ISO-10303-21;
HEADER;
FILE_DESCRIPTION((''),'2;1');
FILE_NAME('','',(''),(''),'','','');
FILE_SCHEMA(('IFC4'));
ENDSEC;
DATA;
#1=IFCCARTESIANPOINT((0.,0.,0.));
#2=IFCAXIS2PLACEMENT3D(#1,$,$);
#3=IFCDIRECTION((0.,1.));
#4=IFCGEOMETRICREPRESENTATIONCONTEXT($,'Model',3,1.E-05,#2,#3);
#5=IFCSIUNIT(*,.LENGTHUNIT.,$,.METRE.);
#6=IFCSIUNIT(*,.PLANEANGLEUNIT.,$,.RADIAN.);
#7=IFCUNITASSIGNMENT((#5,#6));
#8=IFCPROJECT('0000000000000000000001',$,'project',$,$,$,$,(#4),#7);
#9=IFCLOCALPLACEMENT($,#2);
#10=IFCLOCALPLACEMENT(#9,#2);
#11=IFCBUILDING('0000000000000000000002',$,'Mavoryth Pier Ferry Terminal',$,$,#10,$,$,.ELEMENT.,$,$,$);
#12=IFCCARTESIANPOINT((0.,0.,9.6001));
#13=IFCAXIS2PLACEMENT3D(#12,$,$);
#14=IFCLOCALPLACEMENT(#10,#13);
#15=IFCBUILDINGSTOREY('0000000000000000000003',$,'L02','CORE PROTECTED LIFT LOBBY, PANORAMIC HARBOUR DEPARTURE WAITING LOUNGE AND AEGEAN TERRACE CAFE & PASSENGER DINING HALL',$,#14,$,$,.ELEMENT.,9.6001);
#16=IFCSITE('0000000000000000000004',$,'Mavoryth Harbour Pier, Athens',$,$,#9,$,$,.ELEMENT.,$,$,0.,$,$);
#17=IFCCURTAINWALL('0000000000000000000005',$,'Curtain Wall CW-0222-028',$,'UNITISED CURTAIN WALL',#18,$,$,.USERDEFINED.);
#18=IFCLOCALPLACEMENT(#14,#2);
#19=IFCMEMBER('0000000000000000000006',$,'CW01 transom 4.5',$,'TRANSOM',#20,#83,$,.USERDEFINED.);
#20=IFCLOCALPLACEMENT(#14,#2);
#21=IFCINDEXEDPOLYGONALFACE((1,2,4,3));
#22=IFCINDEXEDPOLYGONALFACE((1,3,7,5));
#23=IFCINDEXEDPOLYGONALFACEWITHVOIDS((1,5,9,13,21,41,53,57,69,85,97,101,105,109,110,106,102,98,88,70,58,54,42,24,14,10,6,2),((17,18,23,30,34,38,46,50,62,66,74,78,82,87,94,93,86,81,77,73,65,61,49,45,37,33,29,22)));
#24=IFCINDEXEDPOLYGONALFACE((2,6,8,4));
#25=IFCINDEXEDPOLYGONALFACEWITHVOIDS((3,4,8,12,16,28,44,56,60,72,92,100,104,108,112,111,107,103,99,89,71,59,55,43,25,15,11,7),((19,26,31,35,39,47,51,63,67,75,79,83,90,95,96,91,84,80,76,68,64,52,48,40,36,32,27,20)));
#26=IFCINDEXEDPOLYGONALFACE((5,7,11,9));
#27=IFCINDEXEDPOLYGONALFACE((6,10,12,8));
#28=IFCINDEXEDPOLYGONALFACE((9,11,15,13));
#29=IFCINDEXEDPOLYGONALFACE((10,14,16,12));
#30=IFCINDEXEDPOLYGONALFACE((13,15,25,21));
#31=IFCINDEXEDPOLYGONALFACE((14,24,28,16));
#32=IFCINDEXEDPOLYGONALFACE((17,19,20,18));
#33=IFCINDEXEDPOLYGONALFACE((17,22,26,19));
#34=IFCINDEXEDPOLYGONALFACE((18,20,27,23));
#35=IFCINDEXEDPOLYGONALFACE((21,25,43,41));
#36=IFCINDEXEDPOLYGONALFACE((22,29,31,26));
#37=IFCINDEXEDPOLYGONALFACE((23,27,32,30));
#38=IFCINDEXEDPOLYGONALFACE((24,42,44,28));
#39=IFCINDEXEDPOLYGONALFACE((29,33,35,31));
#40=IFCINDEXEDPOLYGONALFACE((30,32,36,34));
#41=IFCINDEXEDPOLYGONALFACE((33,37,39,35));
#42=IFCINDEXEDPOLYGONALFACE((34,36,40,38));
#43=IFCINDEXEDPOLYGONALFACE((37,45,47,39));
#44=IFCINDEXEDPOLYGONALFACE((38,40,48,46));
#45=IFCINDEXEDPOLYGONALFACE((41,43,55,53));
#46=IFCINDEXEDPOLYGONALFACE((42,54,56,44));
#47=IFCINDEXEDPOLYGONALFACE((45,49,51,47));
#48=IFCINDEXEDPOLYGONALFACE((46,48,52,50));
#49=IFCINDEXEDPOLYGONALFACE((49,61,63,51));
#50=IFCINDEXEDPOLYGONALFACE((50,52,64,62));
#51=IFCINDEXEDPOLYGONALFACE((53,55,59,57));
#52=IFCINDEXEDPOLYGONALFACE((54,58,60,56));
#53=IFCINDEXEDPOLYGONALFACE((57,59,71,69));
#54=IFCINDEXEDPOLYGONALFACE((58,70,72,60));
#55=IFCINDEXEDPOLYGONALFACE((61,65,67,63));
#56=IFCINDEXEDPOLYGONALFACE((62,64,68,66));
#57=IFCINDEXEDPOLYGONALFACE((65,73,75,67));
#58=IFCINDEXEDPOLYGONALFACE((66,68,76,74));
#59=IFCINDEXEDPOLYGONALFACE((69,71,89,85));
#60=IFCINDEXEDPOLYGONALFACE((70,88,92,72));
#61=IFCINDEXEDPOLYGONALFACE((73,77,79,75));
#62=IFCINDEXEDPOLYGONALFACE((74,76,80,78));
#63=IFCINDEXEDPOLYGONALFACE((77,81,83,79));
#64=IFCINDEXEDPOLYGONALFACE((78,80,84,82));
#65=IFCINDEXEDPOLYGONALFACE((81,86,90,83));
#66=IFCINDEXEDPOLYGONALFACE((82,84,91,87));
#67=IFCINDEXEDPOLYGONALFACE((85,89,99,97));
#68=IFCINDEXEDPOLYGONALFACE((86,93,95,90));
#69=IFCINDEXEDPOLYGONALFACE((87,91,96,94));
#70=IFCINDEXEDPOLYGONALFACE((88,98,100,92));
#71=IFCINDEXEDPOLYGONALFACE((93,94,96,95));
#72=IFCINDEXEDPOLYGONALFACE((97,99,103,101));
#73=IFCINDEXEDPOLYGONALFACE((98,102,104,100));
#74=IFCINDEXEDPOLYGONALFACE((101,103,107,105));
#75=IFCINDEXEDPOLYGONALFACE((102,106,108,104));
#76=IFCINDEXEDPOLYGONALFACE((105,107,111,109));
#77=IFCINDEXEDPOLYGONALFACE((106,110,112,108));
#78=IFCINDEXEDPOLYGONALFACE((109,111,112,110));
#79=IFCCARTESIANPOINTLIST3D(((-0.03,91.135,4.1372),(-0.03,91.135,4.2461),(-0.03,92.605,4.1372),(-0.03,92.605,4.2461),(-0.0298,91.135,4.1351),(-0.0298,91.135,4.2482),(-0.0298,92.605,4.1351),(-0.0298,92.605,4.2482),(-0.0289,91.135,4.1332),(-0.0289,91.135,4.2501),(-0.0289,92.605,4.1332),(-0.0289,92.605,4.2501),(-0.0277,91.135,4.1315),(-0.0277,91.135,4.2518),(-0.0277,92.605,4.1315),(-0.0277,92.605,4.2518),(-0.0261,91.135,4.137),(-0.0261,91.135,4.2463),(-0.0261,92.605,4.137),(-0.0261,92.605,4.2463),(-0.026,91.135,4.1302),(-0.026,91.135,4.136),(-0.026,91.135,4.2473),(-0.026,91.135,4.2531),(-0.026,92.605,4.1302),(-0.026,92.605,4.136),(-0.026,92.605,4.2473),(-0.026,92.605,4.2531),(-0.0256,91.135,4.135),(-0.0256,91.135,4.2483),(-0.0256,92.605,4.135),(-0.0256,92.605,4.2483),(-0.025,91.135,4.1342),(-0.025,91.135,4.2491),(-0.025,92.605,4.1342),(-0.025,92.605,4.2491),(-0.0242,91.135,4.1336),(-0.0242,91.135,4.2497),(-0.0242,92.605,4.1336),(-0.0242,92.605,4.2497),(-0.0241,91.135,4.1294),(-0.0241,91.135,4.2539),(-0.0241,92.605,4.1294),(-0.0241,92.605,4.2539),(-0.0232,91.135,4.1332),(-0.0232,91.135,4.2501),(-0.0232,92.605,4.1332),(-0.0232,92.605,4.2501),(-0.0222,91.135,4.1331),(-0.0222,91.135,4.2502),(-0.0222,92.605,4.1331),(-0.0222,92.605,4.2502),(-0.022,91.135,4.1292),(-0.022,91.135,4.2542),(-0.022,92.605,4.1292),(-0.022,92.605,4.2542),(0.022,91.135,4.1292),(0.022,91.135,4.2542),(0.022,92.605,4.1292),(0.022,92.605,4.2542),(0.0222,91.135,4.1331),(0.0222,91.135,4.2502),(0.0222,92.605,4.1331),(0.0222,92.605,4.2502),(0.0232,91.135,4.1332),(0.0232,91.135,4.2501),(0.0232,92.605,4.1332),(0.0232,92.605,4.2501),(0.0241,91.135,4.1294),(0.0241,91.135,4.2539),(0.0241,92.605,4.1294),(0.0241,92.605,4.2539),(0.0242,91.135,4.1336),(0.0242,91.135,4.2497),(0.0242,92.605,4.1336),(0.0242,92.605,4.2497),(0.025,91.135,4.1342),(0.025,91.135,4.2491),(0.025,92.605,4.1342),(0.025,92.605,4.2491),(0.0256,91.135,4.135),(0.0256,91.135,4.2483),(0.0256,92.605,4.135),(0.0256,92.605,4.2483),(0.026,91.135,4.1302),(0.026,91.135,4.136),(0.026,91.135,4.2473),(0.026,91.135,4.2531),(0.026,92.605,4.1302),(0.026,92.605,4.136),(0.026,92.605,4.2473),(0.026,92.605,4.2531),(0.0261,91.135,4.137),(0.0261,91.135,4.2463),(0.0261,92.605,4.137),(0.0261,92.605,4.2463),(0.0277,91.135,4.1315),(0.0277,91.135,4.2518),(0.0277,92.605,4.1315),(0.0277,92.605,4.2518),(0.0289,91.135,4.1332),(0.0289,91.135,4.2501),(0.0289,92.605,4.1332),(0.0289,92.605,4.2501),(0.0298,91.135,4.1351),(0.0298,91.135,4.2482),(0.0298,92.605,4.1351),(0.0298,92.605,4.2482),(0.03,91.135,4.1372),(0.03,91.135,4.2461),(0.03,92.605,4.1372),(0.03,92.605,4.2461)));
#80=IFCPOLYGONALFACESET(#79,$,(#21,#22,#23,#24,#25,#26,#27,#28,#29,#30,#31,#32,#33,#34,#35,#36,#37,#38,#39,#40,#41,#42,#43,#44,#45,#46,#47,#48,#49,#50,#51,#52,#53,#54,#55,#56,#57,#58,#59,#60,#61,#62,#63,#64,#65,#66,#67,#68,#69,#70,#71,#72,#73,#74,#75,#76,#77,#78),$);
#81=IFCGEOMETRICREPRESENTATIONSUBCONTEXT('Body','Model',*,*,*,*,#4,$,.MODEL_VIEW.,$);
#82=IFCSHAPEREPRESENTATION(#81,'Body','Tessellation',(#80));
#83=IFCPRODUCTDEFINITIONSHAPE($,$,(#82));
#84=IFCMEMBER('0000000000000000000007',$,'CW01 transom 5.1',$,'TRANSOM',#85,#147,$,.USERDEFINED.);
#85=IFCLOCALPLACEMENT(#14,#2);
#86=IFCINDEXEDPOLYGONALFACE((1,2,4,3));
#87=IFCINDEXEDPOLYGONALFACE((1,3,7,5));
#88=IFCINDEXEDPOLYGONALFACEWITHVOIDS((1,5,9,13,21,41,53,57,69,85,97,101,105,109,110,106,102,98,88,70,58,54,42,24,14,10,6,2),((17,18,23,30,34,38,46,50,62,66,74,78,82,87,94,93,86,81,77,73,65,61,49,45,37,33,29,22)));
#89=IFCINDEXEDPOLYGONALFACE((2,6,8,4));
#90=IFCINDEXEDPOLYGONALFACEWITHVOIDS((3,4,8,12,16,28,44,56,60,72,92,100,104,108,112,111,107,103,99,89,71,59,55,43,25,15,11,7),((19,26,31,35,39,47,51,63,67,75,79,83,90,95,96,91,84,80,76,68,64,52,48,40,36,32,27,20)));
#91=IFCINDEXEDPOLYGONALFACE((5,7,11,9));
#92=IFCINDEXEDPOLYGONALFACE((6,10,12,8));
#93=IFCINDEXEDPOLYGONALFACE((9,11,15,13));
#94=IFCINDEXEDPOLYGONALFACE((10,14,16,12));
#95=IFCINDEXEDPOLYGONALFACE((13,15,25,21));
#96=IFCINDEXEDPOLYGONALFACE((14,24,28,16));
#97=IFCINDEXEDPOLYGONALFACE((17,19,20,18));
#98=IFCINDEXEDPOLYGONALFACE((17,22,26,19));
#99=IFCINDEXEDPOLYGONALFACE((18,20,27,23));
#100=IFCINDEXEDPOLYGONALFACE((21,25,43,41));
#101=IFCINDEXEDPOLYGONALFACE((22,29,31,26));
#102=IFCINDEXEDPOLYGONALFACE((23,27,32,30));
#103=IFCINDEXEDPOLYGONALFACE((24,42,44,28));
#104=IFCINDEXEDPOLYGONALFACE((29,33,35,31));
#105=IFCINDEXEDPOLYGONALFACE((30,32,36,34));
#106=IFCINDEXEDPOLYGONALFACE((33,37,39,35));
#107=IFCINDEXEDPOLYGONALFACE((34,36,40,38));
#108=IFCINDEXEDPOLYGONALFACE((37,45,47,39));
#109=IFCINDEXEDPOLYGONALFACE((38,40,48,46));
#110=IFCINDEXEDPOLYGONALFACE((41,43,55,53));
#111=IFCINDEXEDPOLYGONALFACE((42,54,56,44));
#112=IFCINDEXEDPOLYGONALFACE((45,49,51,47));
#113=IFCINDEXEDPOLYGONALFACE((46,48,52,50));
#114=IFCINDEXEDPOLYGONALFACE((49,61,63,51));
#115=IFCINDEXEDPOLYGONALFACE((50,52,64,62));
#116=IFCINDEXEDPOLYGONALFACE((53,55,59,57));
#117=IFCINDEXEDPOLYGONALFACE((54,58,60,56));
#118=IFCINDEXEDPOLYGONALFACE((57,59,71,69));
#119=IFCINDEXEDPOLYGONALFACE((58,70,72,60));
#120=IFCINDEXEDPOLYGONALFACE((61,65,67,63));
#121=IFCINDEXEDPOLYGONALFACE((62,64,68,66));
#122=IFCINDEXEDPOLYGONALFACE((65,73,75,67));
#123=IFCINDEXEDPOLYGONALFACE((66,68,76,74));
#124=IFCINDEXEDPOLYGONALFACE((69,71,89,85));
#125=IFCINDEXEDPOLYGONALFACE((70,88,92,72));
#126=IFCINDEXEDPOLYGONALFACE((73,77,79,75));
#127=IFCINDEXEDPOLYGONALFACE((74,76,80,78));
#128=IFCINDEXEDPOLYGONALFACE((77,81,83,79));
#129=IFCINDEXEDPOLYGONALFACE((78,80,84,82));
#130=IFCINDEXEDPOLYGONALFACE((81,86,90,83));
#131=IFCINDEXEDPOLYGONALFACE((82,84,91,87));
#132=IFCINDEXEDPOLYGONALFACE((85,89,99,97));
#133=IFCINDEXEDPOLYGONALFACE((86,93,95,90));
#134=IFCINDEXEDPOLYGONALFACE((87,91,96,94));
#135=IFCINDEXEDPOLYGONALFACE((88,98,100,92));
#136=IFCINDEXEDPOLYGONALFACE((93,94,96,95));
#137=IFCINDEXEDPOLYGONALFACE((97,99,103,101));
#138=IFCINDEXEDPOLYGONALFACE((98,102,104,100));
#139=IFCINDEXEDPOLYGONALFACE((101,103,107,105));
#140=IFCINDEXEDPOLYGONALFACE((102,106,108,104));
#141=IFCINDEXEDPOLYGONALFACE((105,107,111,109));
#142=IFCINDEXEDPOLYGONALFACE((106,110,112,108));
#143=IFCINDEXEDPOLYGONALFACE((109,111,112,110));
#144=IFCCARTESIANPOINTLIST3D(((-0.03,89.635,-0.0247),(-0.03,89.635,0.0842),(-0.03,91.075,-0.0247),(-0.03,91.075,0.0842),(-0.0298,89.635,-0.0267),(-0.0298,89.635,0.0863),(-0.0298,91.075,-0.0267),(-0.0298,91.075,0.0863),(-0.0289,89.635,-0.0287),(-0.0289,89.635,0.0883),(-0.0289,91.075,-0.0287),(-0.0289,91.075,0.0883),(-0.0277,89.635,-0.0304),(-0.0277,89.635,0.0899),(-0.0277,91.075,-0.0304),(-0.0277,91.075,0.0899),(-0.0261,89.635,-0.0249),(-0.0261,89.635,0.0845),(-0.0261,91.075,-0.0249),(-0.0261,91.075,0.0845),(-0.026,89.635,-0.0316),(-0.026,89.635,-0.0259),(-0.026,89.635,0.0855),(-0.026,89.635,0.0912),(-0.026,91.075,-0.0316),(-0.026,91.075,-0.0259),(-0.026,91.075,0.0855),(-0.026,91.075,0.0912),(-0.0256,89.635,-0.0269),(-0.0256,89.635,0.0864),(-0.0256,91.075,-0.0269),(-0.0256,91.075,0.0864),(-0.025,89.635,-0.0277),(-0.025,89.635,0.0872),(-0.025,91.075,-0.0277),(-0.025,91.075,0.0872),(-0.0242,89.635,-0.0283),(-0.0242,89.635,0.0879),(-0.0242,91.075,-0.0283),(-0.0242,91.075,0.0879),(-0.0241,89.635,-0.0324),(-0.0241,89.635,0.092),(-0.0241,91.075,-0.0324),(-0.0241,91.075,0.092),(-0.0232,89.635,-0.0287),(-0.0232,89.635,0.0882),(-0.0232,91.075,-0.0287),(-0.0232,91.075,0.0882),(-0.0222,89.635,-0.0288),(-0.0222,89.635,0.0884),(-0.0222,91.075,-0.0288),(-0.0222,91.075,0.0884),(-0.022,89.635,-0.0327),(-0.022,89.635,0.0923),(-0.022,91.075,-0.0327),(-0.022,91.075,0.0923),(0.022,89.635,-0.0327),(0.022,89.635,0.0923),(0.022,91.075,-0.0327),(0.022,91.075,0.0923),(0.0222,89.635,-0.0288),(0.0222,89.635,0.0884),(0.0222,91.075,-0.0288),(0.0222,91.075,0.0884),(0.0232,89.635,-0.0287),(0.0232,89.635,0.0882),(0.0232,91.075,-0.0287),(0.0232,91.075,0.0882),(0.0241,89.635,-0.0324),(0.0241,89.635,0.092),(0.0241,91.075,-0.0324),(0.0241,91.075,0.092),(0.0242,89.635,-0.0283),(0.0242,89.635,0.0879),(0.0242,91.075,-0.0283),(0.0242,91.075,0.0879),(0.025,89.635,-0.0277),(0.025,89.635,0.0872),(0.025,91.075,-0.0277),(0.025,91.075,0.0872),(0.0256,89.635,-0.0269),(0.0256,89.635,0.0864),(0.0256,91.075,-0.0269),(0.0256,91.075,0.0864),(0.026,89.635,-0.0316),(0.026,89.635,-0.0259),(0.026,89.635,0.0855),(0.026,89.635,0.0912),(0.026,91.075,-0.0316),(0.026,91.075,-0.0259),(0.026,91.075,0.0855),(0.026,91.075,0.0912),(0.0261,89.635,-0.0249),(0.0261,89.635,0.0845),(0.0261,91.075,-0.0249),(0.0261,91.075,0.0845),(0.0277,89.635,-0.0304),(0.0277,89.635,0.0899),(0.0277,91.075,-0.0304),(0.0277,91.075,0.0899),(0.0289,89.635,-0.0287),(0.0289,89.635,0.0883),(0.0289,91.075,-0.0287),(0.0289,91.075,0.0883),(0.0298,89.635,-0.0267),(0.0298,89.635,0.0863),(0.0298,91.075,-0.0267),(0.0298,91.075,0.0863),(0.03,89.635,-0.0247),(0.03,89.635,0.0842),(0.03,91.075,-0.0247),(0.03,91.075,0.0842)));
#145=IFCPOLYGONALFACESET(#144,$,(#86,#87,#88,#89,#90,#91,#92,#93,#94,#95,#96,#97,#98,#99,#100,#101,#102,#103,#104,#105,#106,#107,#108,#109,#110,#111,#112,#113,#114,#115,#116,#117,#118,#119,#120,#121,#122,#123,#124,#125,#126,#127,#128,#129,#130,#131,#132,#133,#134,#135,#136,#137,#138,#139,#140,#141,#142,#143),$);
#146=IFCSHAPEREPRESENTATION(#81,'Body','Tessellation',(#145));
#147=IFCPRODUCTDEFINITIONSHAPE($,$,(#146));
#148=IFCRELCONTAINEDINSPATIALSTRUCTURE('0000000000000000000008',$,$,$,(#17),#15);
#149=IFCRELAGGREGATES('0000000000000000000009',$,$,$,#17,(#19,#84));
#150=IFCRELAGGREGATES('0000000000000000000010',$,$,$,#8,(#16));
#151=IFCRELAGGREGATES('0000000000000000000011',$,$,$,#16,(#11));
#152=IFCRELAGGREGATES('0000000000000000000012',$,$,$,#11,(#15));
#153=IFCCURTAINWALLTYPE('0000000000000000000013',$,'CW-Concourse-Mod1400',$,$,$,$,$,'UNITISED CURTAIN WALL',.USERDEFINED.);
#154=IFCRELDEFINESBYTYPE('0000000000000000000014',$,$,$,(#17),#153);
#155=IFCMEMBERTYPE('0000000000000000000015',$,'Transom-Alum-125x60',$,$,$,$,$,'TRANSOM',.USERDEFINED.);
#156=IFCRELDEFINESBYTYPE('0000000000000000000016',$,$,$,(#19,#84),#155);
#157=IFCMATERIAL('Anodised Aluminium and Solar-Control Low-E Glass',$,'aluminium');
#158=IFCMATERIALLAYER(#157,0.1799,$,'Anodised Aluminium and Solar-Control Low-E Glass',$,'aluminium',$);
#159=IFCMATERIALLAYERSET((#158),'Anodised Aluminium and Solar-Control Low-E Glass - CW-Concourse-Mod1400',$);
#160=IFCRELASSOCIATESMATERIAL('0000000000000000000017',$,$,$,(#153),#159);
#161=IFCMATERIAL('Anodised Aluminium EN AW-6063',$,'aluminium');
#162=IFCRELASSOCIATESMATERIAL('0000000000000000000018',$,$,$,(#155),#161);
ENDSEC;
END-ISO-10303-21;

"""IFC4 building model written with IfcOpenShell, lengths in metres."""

from ifc_helpers import new_model, si_unit, direction, frame, origin, origin_2d, place, context, subcontext, project, spatial, hollow_rectangle, extrude, material, layer, layer_set, material_profile, profile_set, type_object, element, aggregate, save


model = new_model("IFC4")

# Units and contexts
model_context = context("Model", 3, precision=1e-05, world=origin(), true_north=direction((0.0, 1.0)))
body_context = subcontext(model_context, "Body", "Model", "MODEL_VIEW")
ifc_project = project(units=[si_unit("LENGTHUNIT", "METRE"), si_unit("PLANEANGLEUNIT", "RADIAN")], contexts=[model_context])

# Site, building, storey
site_placement = place(None, origin())
site = spatial("IfcSite", under=ifc_project, at=site_placement, Name="Mavoryth Harbour Pier, Athens", CompositionType="ELEMENT", RefElevation=0.0)
building_placement = place(site_placement, origin())
building = spatial("IfcBuilding", under=site, at=building_placement, Name="Mavoryth Pier Ferry Terminal", CompositionType="ELEMENT")
storey_placement = place(building_placement, frame((0.0, 0.0, 9.6001)))
storey = spatial("IfcBuildingStorey", under=building, at=storey_placement, Name="L02", Description="CORE PROTECTED LIFT LOBBY, PANORAMIC HARBOUR DEPARTURE WAITING LOUNGE AND AEGEAN TERRACE CAFE & PASSENGER DINING HALL", CompositionType="ELEMENT", Elevation=9.6001)

# Shared definitions
ifc_material_1 = material(Name="Anodised Aluminium and Solar-Control Low-E Glass", Category="aluminium")
ifc_layer_1 = layer(ifc_material_1, 0.1799, Name="Anodised Aluminium and Solar-Control Low-E Glass", Category="aluminium")
ifc_layer_set_1 = layer_set([ifc_layer_1], Name="Anodised Aluminium and Solar-Control Low-E Glass - CW-Concourse-Mod1400")
curtain_wall_type = type_object("IfcCurtainWallType", Name="CW-Concourse-Mod1400", ElementType="UNITISED CURTAIN WALL", PredefinedType="USERDEFINED", material=ifc_layer_set_1)
ifc_material_2 = material(Name="Anodised Aluminium EN AW-6063", Category="aluminium")

# Curtain wall
curtain_wall_1_placement = place(storey_placement, origin())
curtain_wall_1 = element("IfcCurtainWall", 1, at=curtain_wall_1_placement, inside=storey, type_object=curtain_wall_type, Name="Curtain Wall CW-0222-028", ObjectType="UNITISED CURTAIN WALL", PredefinedType="USERDEFINED")

# Members
ifc_material_profile_1 = material_profile(ifc_material_2, hollow_rectangle(XDim=0.0601, YDim=0.125, WallThickness=0.0039, InnerFilletRadius=0.0039, OuterFilletRadius=0.0081, at=origin_2d()), Name="AL-TRAN 125x60x4", Category="aluminium")
ifc_profile_set_1 = profile_set([ifc_material_profile_1], Name="Anodised Aluminium EN AW-6063 - AL-TRAN 125x60x4")
member_type_1 = type_object("IfcMemberType", Name="Transom-Alum-125x60", ElementType="TRANSOM", PredefinedType="USERDEFINED", material=ifc_profile_set_1)
member_1_placement = place(storey_placement, frame((0.0, 92.605, 4.1917), z_axis=(0.0, -1.0, 0.0), x_axis=(1.0, 0.0, 0.0)))
member_1 = element("IfcMember", 2, at=member_1_placement, type_object=member_type_1, Name="CW01 transom 4.5", ObjectType="TRANSOM", PredefinedType="USERDEFINED", context=body_context, shape_type="SweptSolid", body=[
    extrude(hollow_rectangle(XDim=0.0601, YDim=0.125, WallThickness=0.0039, InnerFilletRadius=0.0039, OuterFilletRadius=0.0081, at=origin_2d()), origin(), (0.0, 0.0, 1.0), 1.47),
])
member_2_placement = place(storey_placement, frame((0.0, 91.075, 0.0298), z_axis=(0.0, -1.0, 0.0), x_axis=(1.0, 0.0, 0.0)))
member_2 = element("IfcMember", 3, at=member_2_placement, type_object=member_type_1, Name="CW01 transom 5.1", ObjectType="TRANSOM", PredefinedType="USERDEFINED", context=body_context, shape_type="SweptSolid", body=[
    extrude(hollow_rectangle(XDim=0.0601, YDim=0.125, WallThickness=0.0039, InnerFilletRadius=0.0039, OuterFilletRadius=0.0081, at=origin_2d()), origin(), (0.0, 0.0, 1.0), 1.4399),
])

aggregate(curtain_wall_1, [member_1, member_2])

save(model, "model.ifc")
